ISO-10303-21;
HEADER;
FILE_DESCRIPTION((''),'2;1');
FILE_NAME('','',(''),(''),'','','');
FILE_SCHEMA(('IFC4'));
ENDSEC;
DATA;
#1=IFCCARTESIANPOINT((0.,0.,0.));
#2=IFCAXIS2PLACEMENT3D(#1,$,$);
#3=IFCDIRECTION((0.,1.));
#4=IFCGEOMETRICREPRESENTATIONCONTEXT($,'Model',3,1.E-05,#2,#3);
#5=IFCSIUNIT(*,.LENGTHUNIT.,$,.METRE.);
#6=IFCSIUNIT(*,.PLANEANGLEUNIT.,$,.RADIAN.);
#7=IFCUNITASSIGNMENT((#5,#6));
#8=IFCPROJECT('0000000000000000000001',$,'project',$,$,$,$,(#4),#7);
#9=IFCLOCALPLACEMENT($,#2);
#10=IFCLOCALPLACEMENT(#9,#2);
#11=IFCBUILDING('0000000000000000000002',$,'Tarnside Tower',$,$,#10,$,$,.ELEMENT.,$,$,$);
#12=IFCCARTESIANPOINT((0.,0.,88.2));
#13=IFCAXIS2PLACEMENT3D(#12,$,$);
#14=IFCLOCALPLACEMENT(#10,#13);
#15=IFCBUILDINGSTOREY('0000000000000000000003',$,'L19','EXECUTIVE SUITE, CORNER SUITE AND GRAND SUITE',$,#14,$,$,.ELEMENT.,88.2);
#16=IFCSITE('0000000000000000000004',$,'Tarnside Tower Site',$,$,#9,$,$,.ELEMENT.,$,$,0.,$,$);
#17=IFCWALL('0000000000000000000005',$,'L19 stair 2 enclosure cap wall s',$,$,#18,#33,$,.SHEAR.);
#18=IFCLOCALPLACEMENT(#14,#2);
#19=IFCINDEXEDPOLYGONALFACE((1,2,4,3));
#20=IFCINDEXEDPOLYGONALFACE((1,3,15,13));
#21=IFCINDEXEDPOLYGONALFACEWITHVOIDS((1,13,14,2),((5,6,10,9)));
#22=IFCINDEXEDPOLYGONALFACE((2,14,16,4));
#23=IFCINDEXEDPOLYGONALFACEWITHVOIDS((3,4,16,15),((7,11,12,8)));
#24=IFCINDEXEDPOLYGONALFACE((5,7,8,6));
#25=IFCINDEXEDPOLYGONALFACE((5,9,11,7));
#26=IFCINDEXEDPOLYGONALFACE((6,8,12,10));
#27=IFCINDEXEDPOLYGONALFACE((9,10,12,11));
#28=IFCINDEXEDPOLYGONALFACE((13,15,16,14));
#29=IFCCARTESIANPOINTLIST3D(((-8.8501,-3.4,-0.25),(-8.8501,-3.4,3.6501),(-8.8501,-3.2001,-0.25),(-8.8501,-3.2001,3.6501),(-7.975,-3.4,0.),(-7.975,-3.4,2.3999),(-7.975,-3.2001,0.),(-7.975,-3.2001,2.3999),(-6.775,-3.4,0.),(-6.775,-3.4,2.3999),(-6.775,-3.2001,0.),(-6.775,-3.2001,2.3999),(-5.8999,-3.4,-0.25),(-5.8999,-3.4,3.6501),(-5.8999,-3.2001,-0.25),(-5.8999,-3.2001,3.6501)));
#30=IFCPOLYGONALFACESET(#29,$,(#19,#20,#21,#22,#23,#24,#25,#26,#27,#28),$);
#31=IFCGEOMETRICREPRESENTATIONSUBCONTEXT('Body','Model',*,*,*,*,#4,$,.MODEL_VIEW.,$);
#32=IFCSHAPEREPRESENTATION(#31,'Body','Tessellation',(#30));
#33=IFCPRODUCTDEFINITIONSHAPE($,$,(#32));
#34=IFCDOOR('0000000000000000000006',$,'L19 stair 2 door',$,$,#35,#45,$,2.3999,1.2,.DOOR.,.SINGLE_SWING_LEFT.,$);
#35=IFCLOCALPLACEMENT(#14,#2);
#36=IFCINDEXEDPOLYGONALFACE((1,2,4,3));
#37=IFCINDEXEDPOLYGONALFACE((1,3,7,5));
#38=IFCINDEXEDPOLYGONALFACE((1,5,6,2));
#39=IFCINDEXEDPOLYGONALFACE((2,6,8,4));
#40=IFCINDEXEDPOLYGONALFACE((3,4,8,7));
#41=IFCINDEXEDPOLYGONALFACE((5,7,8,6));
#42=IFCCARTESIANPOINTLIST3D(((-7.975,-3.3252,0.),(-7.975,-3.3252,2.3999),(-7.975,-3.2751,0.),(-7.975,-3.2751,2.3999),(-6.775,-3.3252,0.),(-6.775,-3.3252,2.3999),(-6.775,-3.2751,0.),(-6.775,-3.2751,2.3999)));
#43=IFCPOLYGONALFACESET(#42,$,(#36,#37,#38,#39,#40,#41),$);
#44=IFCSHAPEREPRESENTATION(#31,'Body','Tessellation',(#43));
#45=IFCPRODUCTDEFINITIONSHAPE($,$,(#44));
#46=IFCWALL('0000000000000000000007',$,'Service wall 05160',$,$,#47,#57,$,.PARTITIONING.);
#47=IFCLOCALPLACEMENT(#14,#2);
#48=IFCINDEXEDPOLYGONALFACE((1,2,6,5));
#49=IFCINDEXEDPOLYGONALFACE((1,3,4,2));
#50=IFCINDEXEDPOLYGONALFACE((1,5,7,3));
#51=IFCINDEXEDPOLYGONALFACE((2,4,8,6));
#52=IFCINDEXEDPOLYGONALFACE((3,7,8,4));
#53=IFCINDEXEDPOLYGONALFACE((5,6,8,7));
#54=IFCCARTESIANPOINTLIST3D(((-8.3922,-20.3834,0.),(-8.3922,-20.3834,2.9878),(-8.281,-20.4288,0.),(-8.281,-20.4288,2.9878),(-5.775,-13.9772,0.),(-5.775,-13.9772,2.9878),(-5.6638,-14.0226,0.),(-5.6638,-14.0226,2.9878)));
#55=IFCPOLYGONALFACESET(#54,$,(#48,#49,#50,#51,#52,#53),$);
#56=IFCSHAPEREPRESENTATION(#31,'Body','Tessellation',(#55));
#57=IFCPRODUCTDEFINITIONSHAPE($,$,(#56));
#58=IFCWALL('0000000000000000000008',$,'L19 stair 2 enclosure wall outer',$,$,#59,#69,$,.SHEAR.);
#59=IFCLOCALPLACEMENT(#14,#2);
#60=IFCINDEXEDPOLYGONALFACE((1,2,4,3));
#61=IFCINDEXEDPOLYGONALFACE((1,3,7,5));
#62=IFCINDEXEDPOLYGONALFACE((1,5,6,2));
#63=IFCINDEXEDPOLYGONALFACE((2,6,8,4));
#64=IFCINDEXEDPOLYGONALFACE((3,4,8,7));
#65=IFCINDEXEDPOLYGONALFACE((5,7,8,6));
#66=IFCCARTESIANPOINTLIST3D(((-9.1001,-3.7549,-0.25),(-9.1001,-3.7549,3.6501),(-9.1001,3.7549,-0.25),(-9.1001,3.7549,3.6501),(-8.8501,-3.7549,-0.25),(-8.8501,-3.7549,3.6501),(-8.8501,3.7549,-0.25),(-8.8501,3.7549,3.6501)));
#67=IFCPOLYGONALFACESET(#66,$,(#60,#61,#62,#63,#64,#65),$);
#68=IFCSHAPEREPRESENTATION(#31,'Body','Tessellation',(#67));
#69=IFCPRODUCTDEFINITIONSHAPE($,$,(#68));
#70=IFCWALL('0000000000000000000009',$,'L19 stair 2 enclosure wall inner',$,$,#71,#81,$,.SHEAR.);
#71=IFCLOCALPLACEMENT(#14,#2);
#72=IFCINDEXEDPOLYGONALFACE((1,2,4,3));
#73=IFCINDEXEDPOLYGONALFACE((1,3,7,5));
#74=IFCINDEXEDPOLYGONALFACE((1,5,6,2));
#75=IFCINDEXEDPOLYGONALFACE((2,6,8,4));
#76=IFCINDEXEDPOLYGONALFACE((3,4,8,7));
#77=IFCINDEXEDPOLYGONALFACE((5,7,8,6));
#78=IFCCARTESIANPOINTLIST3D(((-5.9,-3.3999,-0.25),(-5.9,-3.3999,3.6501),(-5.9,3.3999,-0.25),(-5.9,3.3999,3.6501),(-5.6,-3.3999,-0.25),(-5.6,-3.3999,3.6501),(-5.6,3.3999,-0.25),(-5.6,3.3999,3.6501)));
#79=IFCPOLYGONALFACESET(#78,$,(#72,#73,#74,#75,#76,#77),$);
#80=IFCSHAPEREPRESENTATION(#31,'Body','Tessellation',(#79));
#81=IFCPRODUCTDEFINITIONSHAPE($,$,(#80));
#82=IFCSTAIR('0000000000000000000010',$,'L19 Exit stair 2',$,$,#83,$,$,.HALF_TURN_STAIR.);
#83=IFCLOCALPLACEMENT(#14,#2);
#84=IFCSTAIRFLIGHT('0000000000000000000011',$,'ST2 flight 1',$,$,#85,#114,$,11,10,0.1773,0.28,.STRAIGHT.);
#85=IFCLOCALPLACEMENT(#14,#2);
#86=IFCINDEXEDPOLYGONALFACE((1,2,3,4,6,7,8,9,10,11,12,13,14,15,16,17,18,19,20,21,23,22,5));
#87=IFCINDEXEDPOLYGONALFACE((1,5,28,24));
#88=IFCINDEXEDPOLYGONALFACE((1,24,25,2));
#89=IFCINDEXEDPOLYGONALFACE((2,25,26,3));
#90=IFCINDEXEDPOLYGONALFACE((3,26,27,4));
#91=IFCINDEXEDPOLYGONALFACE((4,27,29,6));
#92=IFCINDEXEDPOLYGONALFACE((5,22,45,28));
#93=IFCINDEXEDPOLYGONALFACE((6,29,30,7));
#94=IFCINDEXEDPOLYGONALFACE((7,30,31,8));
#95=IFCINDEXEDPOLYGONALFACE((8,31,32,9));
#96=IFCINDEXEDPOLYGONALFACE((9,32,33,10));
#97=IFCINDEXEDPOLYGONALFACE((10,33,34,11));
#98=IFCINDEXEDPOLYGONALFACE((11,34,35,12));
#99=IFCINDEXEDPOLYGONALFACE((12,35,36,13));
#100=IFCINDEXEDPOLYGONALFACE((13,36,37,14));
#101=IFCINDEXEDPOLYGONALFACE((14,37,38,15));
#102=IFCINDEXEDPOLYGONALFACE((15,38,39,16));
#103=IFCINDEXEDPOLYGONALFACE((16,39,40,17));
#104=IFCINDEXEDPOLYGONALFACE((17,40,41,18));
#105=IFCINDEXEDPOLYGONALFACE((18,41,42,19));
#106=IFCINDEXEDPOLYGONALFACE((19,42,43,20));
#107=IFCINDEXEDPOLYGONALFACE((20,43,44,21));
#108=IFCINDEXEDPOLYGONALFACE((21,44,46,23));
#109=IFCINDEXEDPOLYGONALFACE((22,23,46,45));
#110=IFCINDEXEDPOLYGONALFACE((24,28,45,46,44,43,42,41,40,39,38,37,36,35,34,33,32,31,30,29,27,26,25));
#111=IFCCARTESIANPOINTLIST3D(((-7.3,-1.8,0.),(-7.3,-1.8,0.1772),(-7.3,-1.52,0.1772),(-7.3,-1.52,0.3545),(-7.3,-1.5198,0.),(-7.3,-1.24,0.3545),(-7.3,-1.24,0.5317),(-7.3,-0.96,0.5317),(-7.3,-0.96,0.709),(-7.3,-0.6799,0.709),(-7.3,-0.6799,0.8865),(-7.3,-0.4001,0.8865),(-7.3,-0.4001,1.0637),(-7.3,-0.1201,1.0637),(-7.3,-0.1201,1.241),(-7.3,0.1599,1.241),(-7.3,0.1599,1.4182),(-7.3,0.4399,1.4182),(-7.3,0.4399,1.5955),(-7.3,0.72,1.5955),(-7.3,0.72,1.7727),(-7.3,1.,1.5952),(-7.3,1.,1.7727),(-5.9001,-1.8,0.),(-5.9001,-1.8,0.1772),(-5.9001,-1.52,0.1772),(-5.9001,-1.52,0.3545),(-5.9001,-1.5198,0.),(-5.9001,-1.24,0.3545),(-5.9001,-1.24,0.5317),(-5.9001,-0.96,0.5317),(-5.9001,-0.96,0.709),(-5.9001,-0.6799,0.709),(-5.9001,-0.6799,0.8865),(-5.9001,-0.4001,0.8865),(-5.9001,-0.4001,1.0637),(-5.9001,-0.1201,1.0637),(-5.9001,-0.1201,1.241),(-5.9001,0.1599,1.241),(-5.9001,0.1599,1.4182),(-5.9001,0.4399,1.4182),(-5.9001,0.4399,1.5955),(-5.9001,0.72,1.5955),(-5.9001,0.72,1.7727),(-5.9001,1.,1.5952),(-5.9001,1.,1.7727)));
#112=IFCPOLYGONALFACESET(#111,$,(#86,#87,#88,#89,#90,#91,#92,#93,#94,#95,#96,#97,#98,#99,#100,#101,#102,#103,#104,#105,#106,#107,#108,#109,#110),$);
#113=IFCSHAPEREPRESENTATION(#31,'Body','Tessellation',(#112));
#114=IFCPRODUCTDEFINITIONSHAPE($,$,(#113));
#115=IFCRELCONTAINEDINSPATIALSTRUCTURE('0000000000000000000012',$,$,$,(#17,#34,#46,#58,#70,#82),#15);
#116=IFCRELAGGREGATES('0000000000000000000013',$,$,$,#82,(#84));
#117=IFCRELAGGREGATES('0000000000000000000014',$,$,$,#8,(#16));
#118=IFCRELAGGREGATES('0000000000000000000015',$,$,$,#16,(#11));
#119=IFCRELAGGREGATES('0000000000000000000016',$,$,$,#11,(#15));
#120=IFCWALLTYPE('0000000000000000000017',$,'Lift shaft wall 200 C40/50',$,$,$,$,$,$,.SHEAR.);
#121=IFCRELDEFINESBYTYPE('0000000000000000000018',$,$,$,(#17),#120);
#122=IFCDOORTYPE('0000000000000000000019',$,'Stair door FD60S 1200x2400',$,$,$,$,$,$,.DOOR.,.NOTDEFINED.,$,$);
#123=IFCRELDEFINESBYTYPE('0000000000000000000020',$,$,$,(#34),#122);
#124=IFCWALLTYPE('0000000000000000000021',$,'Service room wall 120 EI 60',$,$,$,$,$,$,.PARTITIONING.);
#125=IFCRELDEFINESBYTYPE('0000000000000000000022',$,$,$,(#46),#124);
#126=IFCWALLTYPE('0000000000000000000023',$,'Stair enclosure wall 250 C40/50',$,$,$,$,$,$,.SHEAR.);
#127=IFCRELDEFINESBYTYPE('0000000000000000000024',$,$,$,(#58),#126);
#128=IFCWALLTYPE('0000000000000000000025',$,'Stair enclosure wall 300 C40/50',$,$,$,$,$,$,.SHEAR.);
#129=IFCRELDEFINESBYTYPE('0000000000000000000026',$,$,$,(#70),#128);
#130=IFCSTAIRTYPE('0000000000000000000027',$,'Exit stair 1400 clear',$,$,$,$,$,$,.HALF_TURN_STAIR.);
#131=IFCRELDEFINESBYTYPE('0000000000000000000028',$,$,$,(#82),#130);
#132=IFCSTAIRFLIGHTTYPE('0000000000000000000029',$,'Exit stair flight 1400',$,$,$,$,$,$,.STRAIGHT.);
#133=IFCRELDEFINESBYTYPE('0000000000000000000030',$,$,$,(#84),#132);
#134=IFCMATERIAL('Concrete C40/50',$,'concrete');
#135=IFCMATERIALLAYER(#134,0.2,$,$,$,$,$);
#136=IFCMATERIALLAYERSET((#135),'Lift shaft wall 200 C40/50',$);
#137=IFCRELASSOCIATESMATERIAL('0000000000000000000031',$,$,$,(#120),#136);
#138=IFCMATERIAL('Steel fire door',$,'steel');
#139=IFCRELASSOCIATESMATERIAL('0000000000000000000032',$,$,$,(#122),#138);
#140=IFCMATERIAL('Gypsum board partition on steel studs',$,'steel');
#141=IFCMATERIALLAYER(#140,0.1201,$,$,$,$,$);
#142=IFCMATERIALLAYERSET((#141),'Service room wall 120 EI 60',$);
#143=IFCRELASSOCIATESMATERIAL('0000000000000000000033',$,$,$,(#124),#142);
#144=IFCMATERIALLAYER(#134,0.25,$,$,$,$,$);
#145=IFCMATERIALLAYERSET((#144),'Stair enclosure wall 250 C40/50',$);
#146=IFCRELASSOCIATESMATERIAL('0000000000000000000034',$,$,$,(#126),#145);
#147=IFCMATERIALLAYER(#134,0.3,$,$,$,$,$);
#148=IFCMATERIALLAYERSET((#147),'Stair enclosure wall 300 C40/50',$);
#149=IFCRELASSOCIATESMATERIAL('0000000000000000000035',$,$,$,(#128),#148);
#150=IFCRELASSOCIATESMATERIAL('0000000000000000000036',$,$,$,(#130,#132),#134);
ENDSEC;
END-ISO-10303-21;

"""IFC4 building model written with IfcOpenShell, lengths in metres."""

from ifc_helpers import new_model, si_unit, direction, frame, frame_2d, origin, place, context, subcontext, project, spatial, polyline, rectangle, outline, extrude, material, layer, layer_set, type_object, element, fill, aggregate, save


model = new_model("IFC4")

# Units and contexts
model_context = context("Model", 3, precision=1e-05, world=origin(), true_north=direction((0.0, 1.0)))
body_context = subcontext(model_context, "Body", "Model", "MODEL_VIEW")
ifc_project = project(units=[si_unit("LENGTHUNIT", "METRE"), si_unit("PLANEANGLEUNIT", "RADIAN")], contexts=[model_context])

# Site, building, storey
site_placement = place(None, origin())
site = spatial("IfcSite", under=ifc_project, at=site_placement, Name="Tarnside Tower Site", CompositionType="ELEMENT", RefElevation=0.0)
building_placement = place(site_placement, origin())
building = spatial("IfcBuilding", under=site, at=building_placement, Name="Tarnside Tower", CompositionType="ELEMENT")
storey_placement = place(building_placement, frame((0.0, 0.0, 88.2)))
storey = spatial("IfcBuildingStorey", under=building, at=storey_placement, Name="L19", Description="EXECUTIVE SUITE, CORNER SUITE AND GRAND SUITE", CompositionType="ELEMENT", Elevation=88.2)

# Shared definitions
ifc_material_1 = material(Name="Steel fire door", Category="steel")

# Shared definitions
ifc_material_2 = material(Name="Gypsum board partition on steel studs", Category="steel")

# Shared definitions
ifc_material_3 = material(Name="Concrete C40/50", Category="concrete")
ifc_layer_1 = layer(ifc_material_3, 0.2)
ifc_layer_set_1 = layer_set([ifc_layer_1], Name="Lift shaft wall 200 C40/50")
wall_type_1 = type_object("IfcWallType", Name="Lift shaft wall 200 C40/50", PredefinedType="SHEAR", material=ifc_layer_set_1)

# Wall, opening, door
wall_1_placement = place(storey_placement, frame((-8.8501, -3.3, -0.25), z_axis=(0.0, 0.0, 1.0), x_axis=(1.0, 0.0, 0.0)))
wall_1 = element("IfcWall", 1, at=wall_1_placement, inside=storey, type_object=wall_type_1, Name="L19 stair 2 enclosure cap wall s", PredefinedType="SHEAR", context=body_context, shape_type="SweptSolid", body=[
    extrude(rectangle(XDim=2.9502, YDim=0.2, at=frame_2d((1.4751, 0.0))), origin(), (0.0, 0.0, 1.0), 3.9001),
])
opening_1_placement = place(wall_1_placement, frame((0.875, 0.0, 0.25)))
opening_1 = element("IfcOpeningElement", 2, at=opening_1_placement, cuts=wall_1, PredefinedType="OPENING", context=body_context, shape_type="SweptSolid", body=[
    extrude(rectangle(XDim=1.2, YDim=2.3999, at=frame_2d((0.6001, 1.2))), frame((0.0, 0.1099, 0.0), z_axis=(0.0, -1.0, 0.0), x_axis=(1.0, 0.0, 0.0)), (0.0, 0.0, 1.0), 0.22),
])
door_type_1 = type_object("IfcDoorType", Name="Stair door FD60S 1200x2400", OperationType="NOTDEFINED", PredefinedType="DOOR", material=ifc_material_1)
door_1_placement = place(opening_1_placement, origin())
door_1 = element("IfcDoor", 3, at=door_1_placement, inside=storey, type_object=door_type_1, Name="L19 stair 2 door", OperationType="SINGLE_SWING_LEFT", OverallHeight=2.3999, OverallWidth=1.2, PredefinedType="DOOR", context=body_context, shape_type="SweptSolid", body=[
    extrude(rectangle(XDim=1.2, YDim=2.3999, at=frame_2d((0.6001, 1.2))), frame((0.0, 0.0249, 0.0), z_axis=(0.0, -1.0, 0.0), x_axis=(1.0, 0.0, 0.0)), (0.0, 0.0, 1.0), 0.05),
])
fill(opening_1, door_1)

# Walls
ifc_layer_2 = layer(ifc_material_2, 0.1201)
ifc_layer_set_2 = layer_set([ifc_layer_2], Name="Service room wall 120 EI 60")
wall_type_2 = type_object("IfcWallType", Name="Service room wall 120 EI 60", PredefinedType="PARTITIONING", material=ifc_layer_set_2)
wall_2_placement = place(storey_placement, frame((-5.7195, -14.0, 0.0), z_axis=(0.0, 0.0, 1.0), x_axis=(-0.378193, -0.925727, 0.0)))
element("IfcWall", 4, at=wall_2_placement, inside=storey, type_object=wall_type_2, Name="Service wall 05160", PredefinedType="PARTITIONING", context=body_context, shape_type="SweptSolid", body=[
    extrude(rectangle(XDim=6.9202, YDim=0.1201, at=frame_2d((3.46, 0.0))), origin(), (0.0, 0.0, 1.0), 2.9878),
])
ifc_layer_3 = layer(ifc_material_3, 0.25)
ifc_layer_set_3 = layer_set([ifc_layer_3], Name="Stair enclosure wall 250 C40/50")
wall_type_3 = type_object("IfcWallType", Name="Stair enclosure wall 250 C40/50", PredefinedType="SHEAR", material=ifc_layer_set_3)
wall_3_placement = place(storey_placement, frame((-8.9751, -3.7549, -0.25), z_axis=(0.0, 0.0, 1.0), x_axis=(0.0, 1.0, 0.0)))
element("IfcWall", 5, at=wall_3_placement, inside=storey, type_object=wall_type_3, Name="L19 stair 2 enclosure wall outer", PredefinedType="SHEAR", context=body_context, shape_type="SweptSolid", body=[
    extrude(rectangle(XDim=7.5098, YDim=0.25, at=frame_2d((3.7549, 0.0))), origin(), (0.0, 0.0, 1.0), 3.9001),
])
ifc_layer_4 = layer(ifc_material_3, 0.3)
ifc_layer_set_4 = layer_set([ifc_layer_4], Name="Stair enclosure wall 300 C40/50")
wall_type_4 = type_object("IfcWallType", Name="Stair enclosure wall 300 C40/50", PredefinedType="SHEAR", material=ifc_layer_set_4)
wall_4_placement = place(storey_placement, frame((-5.75, -3.3999, -0.25), z_axis=(0.0, 0.0, 1.0), x_axis=(0.0, 1.0, 0.0)))
element("IfcWall", 6, at=wall_4_placement, inside=storey, type_object=wall_type_4, Name="L19 stair 2 enclosure wall inner", PredefinedType="SHEAR", context=body_context, shape_type="SweptSolid", body=[
    extrude(rectangle(XDim=6.7998, YDim=0.3, at=frame_2d((3.3999, 0.0))), origin(), (0.0, 0.0, 1.0), 3.9001),
])

# Stair, stair flight
stair_type = type_object("IfcStairType", Name="Exit stair 1400 clear", PredefinedType="HALF_TURN_STAIR", material=ifc_material_3)
stair_placement = place(storey_placement, origin())
stair = element("IfcStair", 7, at=stair_placement, inside=storey, type_object=stair_type, Name="L19 Exit stair 2", PredefinedType="HALF_TURN_STAIR")
stair_flight_type = type_object("IfcStairFlightType", Name="Exit stair flight 1400", PredefinedType="STRAIGHT", material=ifc_material_3)
stair_flight_placement = place(storey_placement, frame((-6.6001, -1.8, 0.0), z_axis=(0.0, 0.0, 1.0), x_axis=(0.0, 1.0, 0.0)))
stair_flight = element("IfcStairFlight", 8, at=stair_flight_placement, type_object=stair_flight_type, Name="ST2 flight 1", NumberOfRisers=11, NumberOfTreads=10, PredefinedType="STRAIGHT", RiserHeight=0.1773, TreadLength=0.28, context=body_context, shape_type="SweptSolid", body=[
    extrude(outline(polyline([(0.0, 0.0), (0.0, 0.1772), (0.28, 0.1772), (0.28, 0.3545), (0.5601, 0.3545), (0.5601, 0.5317), (0.8401, 0.5317), (0.8401, 0.709), (1.1201, 0.709), (1.1201, 0.8865), (1.3999, 0.8865), (1.3999, 1.0637), (1.6799, 1.0637), (1.6799, 1.241), (1.96, 1.241), (1.96, 1.4182), (2.24, 1.4182), (2.24, 1.5955), (2.52, 1.5955), (2.52, 1.7727), (2.8, 1.7727), (2.8, 1.95), (2.8, 1.5952), (0.2803, 0.0), (0.0, 0.0)])), frame((0.0, 0.7, 0.0), z_axis=(0.0, -1.0, 0.0), x_axis=(1.0, 0.0, 0.0)), (0.0, 0.0, 1.0), 1.3999),
])
aggregate(stair, [stair_flight])

save(model, "model.ifc")
